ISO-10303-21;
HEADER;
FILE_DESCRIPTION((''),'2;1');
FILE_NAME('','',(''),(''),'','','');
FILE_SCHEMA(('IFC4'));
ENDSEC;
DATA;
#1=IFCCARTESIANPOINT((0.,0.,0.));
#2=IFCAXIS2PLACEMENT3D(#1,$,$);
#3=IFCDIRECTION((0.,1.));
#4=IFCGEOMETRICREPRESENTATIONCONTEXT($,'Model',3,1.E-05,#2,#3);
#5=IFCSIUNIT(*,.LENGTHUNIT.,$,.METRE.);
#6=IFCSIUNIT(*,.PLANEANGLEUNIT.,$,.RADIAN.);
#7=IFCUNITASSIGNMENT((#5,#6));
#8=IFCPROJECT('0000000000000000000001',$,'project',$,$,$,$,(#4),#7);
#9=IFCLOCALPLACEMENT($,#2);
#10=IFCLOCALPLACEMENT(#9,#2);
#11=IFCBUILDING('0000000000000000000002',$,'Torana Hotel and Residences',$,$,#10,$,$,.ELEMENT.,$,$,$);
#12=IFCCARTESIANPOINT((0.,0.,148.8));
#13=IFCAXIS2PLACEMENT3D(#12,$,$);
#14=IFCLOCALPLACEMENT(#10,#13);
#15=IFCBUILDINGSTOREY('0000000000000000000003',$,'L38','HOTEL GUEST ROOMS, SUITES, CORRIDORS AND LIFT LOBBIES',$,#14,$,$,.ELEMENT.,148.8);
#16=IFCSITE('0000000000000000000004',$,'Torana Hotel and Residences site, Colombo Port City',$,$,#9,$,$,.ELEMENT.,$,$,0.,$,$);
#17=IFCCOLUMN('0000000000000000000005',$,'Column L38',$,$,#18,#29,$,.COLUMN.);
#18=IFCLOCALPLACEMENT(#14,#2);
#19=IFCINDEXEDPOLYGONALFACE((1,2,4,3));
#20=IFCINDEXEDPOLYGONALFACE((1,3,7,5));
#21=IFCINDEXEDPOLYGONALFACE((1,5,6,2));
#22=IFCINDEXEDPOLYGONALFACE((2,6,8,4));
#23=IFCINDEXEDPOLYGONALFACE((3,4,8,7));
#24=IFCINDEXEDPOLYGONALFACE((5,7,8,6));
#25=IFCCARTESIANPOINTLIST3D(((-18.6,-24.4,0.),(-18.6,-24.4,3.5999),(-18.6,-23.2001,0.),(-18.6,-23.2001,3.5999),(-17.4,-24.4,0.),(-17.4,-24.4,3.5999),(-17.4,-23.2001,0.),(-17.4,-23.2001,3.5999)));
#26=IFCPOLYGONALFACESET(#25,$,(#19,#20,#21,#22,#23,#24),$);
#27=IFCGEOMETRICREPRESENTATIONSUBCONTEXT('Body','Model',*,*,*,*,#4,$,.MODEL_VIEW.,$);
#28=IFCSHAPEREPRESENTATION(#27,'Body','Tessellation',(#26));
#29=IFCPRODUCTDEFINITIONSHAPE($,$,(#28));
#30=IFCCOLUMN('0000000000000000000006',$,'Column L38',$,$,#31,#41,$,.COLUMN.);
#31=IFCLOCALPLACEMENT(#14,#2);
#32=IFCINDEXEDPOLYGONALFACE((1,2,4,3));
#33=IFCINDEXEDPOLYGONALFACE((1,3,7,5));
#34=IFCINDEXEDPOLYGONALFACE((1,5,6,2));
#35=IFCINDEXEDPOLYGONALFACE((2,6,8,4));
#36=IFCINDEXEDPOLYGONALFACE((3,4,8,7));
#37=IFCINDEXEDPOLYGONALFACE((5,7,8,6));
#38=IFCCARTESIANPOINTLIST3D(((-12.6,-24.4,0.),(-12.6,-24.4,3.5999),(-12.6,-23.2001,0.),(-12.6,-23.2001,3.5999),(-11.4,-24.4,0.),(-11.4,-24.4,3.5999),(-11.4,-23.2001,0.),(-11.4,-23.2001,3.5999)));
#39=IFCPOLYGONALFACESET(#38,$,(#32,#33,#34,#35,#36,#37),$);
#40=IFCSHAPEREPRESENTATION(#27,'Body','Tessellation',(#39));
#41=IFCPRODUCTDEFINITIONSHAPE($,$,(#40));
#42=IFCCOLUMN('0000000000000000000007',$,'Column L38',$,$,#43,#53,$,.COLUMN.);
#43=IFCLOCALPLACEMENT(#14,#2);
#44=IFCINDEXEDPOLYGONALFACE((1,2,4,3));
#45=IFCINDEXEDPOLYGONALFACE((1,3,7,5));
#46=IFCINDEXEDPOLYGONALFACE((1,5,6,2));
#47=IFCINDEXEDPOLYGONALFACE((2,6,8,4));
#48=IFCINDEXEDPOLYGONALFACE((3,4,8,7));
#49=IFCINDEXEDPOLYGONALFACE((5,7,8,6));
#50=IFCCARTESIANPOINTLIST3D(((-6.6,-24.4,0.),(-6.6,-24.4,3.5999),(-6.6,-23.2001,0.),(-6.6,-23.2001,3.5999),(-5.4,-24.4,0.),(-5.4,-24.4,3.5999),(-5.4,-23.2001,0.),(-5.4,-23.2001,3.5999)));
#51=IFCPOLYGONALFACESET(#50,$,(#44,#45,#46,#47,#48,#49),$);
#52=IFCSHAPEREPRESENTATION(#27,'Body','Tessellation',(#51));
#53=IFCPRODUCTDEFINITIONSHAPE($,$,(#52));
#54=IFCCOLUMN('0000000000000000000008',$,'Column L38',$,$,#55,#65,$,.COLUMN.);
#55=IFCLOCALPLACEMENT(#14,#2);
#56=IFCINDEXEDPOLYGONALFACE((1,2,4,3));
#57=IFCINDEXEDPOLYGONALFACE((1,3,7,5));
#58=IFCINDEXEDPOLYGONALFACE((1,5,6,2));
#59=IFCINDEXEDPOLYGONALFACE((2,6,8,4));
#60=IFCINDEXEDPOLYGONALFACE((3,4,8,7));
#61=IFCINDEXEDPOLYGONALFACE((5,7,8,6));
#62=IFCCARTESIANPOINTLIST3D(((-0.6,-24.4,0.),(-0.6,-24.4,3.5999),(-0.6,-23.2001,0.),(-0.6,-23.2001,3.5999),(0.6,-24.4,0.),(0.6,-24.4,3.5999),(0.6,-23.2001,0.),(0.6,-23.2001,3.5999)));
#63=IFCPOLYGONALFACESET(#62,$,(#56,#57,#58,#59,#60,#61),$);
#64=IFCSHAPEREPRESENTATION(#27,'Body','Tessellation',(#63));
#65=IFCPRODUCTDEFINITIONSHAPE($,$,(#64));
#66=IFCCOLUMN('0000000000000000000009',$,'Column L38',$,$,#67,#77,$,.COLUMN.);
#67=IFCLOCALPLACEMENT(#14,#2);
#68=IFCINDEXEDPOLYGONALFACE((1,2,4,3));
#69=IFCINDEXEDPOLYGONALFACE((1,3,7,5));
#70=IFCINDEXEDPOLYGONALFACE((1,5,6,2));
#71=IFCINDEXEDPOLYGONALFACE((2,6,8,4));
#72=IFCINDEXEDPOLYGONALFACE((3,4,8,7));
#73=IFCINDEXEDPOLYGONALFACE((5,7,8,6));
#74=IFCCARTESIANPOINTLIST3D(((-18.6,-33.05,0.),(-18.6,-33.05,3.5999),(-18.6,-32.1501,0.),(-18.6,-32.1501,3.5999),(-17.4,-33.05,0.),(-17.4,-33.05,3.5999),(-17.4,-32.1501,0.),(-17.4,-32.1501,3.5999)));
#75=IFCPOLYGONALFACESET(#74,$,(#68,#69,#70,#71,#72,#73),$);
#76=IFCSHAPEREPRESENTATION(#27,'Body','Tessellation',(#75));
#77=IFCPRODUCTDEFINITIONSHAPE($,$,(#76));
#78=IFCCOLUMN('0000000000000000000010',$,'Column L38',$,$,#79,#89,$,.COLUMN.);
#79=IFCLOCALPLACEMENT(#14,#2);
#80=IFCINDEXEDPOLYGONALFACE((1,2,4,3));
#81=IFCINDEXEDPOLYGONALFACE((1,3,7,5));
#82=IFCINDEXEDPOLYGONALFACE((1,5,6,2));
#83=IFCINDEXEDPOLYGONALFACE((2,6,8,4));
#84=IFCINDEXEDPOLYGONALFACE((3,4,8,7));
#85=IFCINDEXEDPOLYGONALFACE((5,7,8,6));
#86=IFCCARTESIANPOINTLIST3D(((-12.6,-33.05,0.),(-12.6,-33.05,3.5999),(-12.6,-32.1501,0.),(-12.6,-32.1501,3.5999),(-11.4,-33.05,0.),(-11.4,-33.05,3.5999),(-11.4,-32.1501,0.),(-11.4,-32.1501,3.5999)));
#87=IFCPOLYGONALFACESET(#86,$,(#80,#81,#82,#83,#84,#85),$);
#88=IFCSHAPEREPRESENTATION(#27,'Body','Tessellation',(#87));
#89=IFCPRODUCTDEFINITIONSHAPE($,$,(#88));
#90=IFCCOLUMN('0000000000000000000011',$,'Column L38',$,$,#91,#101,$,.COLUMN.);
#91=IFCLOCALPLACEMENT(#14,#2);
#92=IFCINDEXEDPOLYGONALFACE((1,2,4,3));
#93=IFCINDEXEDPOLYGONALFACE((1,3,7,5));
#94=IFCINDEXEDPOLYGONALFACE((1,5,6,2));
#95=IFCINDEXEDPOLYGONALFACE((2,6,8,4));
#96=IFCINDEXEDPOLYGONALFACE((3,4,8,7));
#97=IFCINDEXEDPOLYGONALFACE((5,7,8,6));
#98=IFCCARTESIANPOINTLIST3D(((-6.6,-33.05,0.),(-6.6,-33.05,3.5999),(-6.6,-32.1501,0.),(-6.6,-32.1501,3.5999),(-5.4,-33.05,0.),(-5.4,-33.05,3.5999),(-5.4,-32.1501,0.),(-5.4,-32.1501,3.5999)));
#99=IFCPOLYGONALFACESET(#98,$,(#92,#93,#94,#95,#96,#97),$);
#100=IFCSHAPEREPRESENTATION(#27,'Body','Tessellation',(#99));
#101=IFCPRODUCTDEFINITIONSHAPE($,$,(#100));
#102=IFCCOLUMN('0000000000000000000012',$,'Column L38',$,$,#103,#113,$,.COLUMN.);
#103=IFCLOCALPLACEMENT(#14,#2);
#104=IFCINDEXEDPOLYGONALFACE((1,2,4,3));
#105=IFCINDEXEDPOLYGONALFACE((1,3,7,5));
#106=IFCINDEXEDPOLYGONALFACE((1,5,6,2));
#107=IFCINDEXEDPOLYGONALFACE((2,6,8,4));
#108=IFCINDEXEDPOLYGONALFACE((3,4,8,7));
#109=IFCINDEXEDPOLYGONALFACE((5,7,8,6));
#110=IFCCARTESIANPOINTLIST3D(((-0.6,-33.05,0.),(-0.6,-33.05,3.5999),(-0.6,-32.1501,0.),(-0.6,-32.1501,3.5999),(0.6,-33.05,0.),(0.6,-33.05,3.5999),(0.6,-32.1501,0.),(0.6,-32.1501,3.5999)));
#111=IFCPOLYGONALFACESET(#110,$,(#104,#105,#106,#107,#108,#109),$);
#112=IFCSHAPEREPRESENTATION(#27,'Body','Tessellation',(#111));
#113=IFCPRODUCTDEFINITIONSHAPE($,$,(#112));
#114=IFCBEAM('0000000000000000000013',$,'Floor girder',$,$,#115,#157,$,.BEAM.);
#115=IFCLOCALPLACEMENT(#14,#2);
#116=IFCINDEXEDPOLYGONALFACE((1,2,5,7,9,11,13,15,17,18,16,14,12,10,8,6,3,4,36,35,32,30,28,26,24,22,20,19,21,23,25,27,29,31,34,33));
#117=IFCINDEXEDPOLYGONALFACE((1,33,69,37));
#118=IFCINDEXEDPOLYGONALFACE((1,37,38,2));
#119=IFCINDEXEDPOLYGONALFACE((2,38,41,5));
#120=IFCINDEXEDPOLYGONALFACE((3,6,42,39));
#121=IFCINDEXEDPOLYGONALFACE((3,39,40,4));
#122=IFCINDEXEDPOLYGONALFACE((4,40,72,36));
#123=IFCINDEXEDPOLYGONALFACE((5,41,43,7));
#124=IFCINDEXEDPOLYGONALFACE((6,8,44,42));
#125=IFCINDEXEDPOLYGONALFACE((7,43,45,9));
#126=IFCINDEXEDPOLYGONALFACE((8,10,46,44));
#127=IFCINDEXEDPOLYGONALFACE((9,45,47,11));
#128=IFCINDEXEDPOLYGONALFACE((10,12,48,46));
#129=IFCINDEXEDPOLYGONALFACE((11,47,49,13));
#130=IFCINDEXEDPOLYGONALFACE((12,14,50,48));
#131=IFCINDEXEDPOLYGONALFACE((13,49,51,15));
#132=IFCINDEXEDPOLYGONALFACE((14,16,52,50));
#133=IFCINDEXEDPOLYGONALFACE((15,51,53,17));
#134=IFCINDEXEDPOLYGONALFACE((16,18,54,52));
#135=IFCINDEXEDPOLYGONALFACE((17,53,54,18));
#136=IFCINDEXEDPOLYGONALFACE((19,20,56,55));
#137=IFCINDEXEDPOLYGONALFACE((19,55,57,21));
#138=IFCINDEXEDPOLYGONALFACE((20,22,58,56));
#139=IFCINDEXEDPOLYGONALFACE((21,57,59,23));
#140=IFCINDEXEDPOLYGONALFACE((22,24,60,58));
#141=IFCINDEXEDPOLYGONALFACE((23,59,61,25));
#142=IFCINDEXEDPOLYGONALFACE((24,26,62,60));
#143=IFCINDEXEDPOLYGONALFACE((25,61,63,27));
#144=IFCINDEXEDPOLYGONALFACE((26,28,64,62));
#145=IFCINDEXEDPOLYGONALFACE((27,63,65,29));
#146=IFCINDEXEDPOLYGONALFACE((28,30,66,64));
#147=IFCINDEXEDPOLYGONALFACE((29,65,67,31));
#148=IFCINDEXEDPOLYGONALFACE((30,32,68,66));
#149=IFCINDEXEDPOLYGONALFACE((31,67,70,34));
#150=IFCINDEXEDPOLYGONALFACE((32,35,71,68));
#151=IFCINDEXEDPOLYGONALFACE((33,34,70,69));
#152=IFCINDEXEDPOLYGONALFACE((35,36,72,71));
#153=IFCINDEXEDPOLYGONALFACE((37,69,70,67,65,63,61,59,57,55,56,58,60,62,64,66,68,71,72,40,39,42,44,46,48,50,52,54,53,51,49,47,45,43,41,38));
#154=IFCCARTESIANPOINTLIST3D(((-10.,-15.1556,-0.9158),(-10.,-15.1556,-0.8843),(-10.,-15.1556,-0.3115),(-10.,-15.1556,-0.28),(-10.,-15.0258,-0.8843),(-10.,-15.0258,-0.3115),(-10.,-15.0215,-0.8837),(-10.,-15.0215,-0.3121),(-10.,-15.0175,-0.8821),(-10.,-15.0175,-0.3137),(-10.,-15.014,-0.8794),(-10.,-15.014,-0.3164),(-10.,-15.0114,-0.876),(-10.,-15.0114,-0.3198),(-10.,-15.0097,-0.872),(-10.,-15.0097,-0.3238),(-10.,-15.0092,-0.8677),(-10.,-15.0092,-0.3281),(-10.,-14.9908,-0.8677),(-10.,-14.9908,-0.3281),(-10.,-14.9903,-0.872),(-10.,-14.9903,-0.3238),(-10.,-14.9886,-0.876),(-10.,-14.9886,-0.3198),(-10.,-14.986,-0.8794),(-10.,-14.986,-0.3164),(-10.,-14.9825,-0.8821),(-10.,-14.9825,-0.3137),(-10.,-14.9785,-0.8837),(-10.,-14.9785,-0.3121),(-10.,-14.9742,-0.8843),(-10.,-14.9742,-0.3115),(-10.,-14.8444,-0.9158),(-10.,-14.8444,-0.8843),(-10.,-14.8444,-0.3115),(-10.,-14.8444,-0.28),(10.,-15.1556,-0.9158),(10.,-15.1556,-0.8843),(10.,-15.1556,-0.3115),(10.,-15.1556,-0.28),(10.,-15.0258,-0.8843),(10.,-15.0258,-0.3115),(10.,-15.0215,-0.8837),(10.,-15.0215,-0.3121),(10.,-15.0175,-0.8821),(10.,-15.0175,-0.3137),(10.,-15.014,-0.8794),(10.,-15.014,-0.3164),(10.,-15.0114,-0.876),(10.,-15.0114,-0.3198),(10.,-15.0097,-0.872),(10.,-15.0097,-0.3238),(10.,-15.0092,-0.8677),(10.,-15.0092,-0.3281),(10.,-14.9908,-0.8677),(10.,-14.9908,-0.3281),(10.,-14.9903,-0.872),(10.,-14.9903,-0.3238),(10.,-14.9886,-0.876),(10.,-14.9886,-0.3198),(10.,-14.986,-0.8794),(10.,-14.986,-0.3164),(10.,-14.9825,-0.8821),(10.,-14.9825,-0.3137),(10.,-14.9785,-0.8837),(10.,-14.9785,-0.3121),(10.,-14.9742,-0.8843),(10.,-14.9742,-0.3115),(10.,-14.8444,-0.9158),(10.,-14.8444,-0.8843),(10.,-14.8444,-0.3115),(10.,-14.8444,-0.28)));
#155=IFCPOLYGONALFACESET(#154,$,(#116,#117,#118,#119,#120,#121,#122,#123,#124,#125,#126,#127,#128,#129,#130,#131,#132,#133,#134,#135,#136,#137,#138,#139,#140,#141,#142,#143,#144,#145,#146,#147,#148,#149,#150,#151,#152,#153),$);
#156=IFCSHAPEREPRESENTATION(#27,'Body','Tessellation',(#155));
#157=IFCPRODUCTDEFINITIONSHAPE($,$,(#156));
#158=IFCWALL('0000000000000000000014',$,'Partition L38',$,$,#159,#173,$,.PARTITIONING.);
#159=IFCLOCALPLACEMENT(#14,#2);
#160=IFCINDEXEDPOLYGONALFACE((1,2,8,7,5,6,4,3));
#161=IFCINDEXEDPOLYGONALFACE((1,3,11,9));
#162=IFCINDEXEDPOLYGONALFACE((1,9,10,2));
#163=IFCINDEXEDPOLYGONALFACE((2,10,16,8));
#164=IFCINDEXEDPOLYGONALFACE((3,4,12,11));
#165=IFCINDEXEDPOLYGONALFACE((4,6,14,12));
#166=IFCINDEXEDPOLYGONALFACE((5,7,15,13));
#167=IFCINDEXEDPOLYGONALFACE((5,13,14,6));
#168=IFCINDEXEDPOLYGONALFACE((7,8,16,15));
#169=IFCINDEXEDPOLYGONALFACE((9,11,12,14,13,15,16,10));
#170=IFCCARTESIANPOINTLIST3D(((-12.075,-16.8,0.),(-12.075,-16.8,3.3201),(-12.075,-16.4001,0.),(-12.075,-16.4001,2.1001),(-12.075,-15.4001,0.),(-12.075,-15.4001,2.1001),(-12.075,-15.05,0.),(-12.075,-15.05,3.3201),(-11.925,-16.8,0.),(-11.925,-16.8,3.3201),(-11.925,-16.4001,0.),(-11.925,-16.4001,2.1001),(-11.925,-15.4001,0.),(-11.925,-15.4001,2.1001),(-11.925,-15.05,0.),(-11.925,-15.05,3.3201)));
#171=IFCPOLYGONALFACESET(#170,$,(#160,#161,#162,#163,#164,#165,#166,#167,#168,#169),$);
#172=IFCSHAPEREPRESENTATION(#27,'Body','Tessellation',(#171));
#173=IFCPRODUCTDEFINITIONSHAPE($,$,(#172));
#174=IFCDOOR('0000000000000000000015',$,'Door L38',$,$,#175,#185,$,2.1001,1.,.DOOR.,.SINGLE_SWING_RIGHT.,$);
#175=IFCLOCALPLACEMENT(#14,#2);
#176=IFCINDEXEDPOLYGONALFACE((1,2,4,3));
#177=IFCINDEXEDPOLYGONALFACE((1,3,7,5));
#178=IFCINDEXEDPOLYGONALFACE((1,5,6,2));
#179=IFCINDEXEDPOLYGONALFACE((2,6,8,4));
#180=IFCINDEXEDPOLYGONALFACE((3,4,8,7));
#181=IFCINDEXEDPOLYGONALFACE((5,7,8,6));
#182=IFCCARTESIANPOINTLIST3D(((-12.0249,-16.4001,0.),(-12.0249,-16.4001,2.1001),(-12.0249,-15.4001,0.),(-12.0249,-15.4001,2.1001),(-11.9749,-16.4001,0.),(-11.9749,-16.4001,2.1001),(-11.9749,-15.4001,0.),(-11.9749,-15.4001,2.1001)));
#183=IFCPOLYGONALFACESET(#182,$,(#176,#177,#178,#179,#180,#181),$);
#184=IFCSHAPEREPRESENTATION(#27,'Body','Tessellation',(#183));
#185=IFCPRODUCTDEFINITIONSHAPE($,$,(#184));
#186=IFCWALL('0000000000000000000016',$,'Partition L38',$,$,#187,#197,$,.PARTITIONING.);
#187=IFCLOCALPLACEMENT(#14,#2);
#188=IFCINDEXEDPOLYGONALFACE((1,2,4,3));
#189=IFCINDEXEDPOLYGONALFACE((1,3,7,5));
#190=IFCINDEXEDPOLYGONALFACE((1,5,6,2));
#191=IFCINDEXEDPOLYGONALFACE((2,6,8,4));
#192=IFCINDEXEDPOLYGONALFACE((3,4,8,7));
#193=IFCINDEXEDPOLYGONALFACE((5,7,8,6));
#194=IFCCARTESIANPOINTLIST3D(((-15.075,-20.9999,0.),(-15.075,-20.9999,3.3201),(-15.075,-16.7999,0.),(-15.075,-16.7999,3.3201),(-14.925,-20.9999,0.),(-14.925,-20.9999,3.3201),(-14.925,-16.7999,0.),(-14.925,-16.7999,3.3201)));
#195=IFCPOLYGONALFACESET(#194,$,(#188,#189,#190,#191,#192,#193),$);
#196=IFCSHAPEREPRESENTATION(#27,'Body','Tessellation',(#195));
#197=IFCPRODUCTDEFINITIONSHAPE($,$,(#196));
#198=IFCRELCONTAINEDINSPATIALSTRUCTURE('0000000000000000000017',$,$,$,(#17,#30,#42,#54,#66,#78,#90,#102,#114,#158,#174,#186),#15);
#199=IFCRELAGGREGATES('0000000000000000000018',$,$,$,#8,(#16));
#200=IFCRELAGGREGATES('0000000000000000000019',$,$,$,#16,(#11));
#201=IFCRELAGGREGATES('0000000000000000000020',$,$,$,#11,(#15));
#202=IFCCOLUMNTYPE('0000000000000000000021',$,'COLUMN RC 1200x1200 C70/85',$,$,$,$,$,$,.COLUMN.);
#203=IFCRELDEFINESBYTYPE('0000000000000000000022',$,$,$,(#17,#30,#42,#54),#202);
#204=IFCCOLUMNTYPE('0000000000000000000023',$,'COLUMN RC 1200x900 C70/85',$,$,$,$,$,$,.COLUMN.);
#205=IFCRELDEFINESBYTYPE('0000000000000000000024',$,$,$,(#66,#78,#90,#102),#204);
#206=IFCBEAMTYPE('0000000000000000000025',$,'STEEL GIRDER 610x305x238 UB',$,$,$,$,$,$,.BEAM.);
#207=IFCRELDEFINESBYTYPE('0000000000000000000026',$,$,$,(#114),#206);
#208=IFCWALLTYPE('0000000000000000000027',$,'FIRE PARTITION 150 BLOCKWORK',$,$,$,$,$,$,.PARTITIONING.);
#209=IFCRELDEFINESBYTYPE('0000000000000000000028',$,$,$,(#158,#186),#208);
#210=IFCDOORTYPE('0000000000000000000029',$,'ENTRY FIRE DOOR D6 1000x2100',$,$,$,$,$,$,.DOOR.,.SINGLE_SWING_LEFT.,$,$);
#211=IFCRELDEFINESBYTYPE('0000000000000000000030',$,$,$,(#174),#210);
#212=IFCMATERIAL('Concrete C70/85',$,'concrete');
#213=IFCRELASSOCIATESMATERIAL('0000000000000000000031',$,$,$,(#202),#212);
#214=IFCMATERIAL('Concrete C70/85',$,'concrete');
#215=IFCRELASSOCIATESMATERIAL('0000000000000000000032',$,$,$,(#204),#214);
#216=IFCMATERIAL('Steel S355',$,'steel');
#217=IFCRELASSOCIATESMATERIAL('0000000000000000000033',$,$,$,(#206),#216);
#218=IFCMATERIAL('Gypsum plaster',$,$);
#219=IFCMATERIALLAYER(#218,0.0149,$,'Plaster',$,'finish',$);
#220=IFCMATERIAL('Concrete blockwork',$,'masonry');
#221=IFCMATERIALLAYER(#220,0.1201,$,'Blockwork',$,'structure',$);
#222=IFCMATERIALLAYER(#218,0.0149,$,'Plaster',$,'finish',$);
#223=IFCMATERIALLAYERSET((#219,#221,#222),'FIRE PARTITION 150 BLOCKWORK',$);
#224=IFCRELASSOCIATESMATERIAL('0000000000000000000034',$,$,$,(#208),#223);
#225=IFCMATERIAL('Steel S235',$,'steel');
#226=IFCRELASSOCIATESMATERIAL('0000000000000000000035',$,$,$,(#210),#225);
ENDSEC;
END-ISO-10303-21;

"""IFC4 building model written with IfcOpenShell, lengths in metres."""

from ifc_helpers import new_model, si_unit, direction, frame, frame_2d, origin, origin_2d, place, context, subcontext, project, spatial, rectangle, i_section, extrude, material, layer, layer_set, material_profile, profile_set, type_object, element, fill, save


model = new_model("IFC4")

# Units and contexts
model_context = context("Model", 3, precision=1e-05, world=origin(), true_north=direction((0.0, 1.0)))
body_context = subcontext(model_context, "Body", "Model", "MODEL_VIEW")
ifc_project = project(units=[si_unit("LENGTHUNIT", "METRE"), si_unit("PLANEANGLEUNIT", "RADIAN")], contexts=[model_context])

# Site, building, storey
site_placement = place(None, origin())
site = spatial("IfcSite", under=ifc_project, at=site_placement, Name="Torana Hotel and Residences site, Colombo Port City", CompositionType="ELEMENT", RefElevation=0.0)
building_placement = place(site_placement, origin())
building = spatial("IfcBuilding", under=site, at=building_placement, Name="Torana Hotel and Residences", CompositionType="ELEMENT")
storey_placement = place(building_placement, frame((0.0, 0.0, 148.8)))
storey = spatial("IfcBuildingStorey", under=building, at=storey_placement, Name="L38", Description="HOTEL GUEST ROOMS, SUITES, CORRIDORS AND LIFT LOBBIES", CompositionType="ELEMENT", Elevation=148.8)

# Columns
ifc_material_1 = material(Name="Concrete C70/85", Category="concrete")
ifc_material_profile_1 = material_profile(ifc_material_1, rectangle(XDim=1.2, YDim=1.2, at=origin_2d()), Name="RC 1200x1200")
ifc_profile_set_1 = profile_set([ifc_material_profile_1], Name="Concrete C70/85")
column_type_1 = type_object("IfcColumnType", Name="COLUMN RC 1200x1200 C70/85", PredefinedType="COLUMN", material=ifc_profile_set_1)
for number, where, z_axis, x_axis, name in (
    (1, (-18.0, -23.8, 0.0), (0.0, 0.0, 1.0), (1.0, 0.0, 0.0), "Column L38"),
    (2, (-12.0, -23.8, 0.0), (0.0, 0.0, 1.0), (1.0, 0.0, 0.0), "Column L38"),
    (3, (-6.0, -23.8, 0.0), (0.0, 0.0, 1.0), (1.0, 0.0, 0.0), "Column L38"),
    (4, (0.0, -23.8, 0.0), (0.0, 0.0, 1.0), (1.0, 0.0, 0.0), "Column L38"),
):
    element("IfcColumn", number, at=place(storey_placement, frame(where, z_axis=z_axis, x_axis=x_axis)), inside=storey, type_object=column_type_1, Name=name, PredefinedType="COLUMN", context=body_context, shape_type="SweptSolid", body=[
        extrude(rectangle(XDim=1.2, YDim=1.2, at=origin_2d()), origin(), (0.0, 0.0, 1.0), 3.5999),
    ])
ifc_material_2 = material(Name="Concrete C70/85", Category="concrete")
ifc_material_profile_2 = material_profile(ifc_material_2, rectangle(XDim=1.2, YDim=0.8999, at=origin_2d()), Name="RC 1200x900")
ifc_profile_set_2 = profile_set([ifc_material_profile_2], Name="Concrete C70/85")
column_type_2 = type_object("IfcColumnType", Name="COLUMN RC 1200x900 C70/85", PredefinedType="COLUMN", material=ifc_profile_set_2)
for number, where, z_axis, x_axis, name in (
    (5, (-18.0, -32.6001, 0.0), (0.0, 0.0, 1.0), (1.0, 0.0, 0.0), "Column L38"),
    (6, (-12.0, -32.6001, 0.0), (0.0, 0.0, 1.0), (1.0, 0.0, 0.0), "Column L38"),
    (7, (-6.0, -32.6001, 0.0), (0.0, 0.0, 1.0), (1.0, 0.0, 0.0), "Column L38"),
    (8, (0.0, -32.6001, 0.0), (0.0, 0.0, 1.0), (1.0, 0.0, 0.0), "Column L38"),
):
    element("IfcColumn", number, at=place(storey_placement, frame(where, z_axis=z_axis, x_axis=x_axis)), inside=storey, type_object=column_type_2, Name=name, PredefinedType="COLUMN", context=body_context, shape_type="SweptSolid", body=[
        extrude(rectangle(XDim=1.2, YDim=0.8999, at=origin_2d()), origin(), (0.0, 0.0, 1.0), 3.5999),
    ])

# Beam
ifc_material_3 = material(Name="Steel S355", Category="steel")
ifc_material_profile_3 = material_profile(ifc_material_3, i_section(OverallWidth=0.3113, OverallDepth=0.6357, WebThickness=0.0183, FlangeThickness=0.0315, FilletRadius=0.0166, at=origin_2d()), Name="610x305x238 UB")
ifc_profile_set_3 = profile_set([ifc_material_profile_3], Name="Steel S355")
beam_type = type_object("IfcBeamType", Name="STEEL GIRDER 610x305x238 UB", PredefinedType="BEAM", material=ifc_profile_set_3)
beam_placement = place(storey_placement, frame((-10.0, -15.0, -0.5979), z_axis=(1.0, 0.0, 0.0), x_axis=(0.0, 1.0, 0.0)))
element("IfcBeam", 9, at=beam_placement, inside=storey, type_object=beam_type, Name="Floor girder", PredefinedType="BEAM", context=body_context, shape_type="SweptSolid", body=[
    extrude(i_section(OverallWidth=0.3113, OverallDepth=0.6357, WebThickness=0.0183, FlangeThickness=0.0315, FilletRadius=0.0166, at=origin_2d()), origin(), (0.0, 0.0, 1.0), 20.0),
])

# Wall, opening, door
ifc_material_4 = material(Name="Gypsum plaster")
ifc_layer_1 = layer(ifc_material_4, 0.0149, Name="Plaster", Category="finish")
ifc_material_5 = material(Name="Concrete blockwork", Category="masonry")
ifc_layer_2 = layer(ifc_material_5, 0.1201, Name="Blockwork", Category="structure")
ifc_layer_3 = layer(ifc_material_4, 0.0149, Name="Plaster", Category="finish")
ifc_layer_set_1 = layer_set([ifc_layer_1, ifc_layer_2, ifc_layer_3], Name="FIRE PARTITION 150 BLOCKWORK")
wall_type_1 = type_object("IfcWallType", Name="FIRE PARTITION 150 BLOCKWORK", PredefinedType="PARTITIONING", material=ifc_layer_set_1)
wall_1_placement = place(storey_placement, frame((-12.0, -16.8, 0.0), z_axis=(0.0, 0.0, 1.0), x_axis=(0.0, 1.0, 0.0)))
wall_1 = element("IfcWall", 10, at=wall_1_placement, inside=storey, type_object=wall_type_1, Name="Partition L38", PredefinedType="PARTITIONING", context=body_context, shape_type="SweptSolid", body=[
    extrude(rectangle(XDim=1.75, YDim=0.1499, at=frame_2d((0.875, 0.0))), origin(), (0.0, 0.0, 1.0), 3.3201),
])
opening_1_placement = place(wall_1_placement, frame((0.3999, 0.0, 0.0)))
opening_1 = element("IfcOpeningElement", 11, at=opening_1_placement, cuts=wall_1, PredefinedType="OPENING", context=body_context, shape_type="SweptSolid", body=[
    extrude(rectangle(XDim=1.0, YDim=2.1001, at=frame_2d((0.5, 1.05))), frame((0.0, 0.085, 0.0), z_axis=(0.0, -1.0, 0.0), x_axis=(1.0, 0.0, 0.0)), (0.0, 0.0, 1.0), 0.1699),
])
ifc_material_6 = material(Name="Steel S235", Category="steel")
door_type_1 = type_object("IfcDoorType", Name="ENTRY FIRE DOOR D6 1000x2100", OperationType="SINGLE_SWING_LEFT", PredefinedType="DOOR", material=ifc_material_6)
door_1_placement = place(opening_1_placement, origin())
door_1 = element("IfcDoor", 12, at=door_1_placement, inside=storey, type_object=door_type_1, Name="Door L38", OperationType="SINGLE_SWING_RIGHT", OverallHeight=2.1001, OverallWidth=1.0, PredefinedType="DOOR", context=body_context, shape_type="SweptSolid", body=[
    extrude(rectangle(XDim=1.0, YDim=2.1001, at=frame_2d((0.5, 1.05))), frame((0.0, 0.0249, 0.0), z_axis=(0.0, -1.0, 0.0), x_axis=(1.0, 0.0, 0.0)), (0.0, 0.0, 1.0), 0.05),
])
fill(opening_1, door_1)

# Wall
wall_2_placement = place(storey_placement, frame((-15.0, -21.0, 0.0), z_axis=(0.0, 0.0, 1.0), x_axis=(0.0, 1.0, 0.0)))
element("IfcWall", 13, at=wall_2_placement, inside=storey, type_object=wall_type_1, Name="Partition L38", PredefinedType="PARTITIONING", context=body_context, shape_type="SweptSolid", body=[
    extrude(rectangle(XDim=4.2, YDim=0.1499, at=frame_2d((2.1001, 0.0))), origin(), (0.0, 0.0, 1.0), 3.3201),
])

save(model, "model.ifc")
